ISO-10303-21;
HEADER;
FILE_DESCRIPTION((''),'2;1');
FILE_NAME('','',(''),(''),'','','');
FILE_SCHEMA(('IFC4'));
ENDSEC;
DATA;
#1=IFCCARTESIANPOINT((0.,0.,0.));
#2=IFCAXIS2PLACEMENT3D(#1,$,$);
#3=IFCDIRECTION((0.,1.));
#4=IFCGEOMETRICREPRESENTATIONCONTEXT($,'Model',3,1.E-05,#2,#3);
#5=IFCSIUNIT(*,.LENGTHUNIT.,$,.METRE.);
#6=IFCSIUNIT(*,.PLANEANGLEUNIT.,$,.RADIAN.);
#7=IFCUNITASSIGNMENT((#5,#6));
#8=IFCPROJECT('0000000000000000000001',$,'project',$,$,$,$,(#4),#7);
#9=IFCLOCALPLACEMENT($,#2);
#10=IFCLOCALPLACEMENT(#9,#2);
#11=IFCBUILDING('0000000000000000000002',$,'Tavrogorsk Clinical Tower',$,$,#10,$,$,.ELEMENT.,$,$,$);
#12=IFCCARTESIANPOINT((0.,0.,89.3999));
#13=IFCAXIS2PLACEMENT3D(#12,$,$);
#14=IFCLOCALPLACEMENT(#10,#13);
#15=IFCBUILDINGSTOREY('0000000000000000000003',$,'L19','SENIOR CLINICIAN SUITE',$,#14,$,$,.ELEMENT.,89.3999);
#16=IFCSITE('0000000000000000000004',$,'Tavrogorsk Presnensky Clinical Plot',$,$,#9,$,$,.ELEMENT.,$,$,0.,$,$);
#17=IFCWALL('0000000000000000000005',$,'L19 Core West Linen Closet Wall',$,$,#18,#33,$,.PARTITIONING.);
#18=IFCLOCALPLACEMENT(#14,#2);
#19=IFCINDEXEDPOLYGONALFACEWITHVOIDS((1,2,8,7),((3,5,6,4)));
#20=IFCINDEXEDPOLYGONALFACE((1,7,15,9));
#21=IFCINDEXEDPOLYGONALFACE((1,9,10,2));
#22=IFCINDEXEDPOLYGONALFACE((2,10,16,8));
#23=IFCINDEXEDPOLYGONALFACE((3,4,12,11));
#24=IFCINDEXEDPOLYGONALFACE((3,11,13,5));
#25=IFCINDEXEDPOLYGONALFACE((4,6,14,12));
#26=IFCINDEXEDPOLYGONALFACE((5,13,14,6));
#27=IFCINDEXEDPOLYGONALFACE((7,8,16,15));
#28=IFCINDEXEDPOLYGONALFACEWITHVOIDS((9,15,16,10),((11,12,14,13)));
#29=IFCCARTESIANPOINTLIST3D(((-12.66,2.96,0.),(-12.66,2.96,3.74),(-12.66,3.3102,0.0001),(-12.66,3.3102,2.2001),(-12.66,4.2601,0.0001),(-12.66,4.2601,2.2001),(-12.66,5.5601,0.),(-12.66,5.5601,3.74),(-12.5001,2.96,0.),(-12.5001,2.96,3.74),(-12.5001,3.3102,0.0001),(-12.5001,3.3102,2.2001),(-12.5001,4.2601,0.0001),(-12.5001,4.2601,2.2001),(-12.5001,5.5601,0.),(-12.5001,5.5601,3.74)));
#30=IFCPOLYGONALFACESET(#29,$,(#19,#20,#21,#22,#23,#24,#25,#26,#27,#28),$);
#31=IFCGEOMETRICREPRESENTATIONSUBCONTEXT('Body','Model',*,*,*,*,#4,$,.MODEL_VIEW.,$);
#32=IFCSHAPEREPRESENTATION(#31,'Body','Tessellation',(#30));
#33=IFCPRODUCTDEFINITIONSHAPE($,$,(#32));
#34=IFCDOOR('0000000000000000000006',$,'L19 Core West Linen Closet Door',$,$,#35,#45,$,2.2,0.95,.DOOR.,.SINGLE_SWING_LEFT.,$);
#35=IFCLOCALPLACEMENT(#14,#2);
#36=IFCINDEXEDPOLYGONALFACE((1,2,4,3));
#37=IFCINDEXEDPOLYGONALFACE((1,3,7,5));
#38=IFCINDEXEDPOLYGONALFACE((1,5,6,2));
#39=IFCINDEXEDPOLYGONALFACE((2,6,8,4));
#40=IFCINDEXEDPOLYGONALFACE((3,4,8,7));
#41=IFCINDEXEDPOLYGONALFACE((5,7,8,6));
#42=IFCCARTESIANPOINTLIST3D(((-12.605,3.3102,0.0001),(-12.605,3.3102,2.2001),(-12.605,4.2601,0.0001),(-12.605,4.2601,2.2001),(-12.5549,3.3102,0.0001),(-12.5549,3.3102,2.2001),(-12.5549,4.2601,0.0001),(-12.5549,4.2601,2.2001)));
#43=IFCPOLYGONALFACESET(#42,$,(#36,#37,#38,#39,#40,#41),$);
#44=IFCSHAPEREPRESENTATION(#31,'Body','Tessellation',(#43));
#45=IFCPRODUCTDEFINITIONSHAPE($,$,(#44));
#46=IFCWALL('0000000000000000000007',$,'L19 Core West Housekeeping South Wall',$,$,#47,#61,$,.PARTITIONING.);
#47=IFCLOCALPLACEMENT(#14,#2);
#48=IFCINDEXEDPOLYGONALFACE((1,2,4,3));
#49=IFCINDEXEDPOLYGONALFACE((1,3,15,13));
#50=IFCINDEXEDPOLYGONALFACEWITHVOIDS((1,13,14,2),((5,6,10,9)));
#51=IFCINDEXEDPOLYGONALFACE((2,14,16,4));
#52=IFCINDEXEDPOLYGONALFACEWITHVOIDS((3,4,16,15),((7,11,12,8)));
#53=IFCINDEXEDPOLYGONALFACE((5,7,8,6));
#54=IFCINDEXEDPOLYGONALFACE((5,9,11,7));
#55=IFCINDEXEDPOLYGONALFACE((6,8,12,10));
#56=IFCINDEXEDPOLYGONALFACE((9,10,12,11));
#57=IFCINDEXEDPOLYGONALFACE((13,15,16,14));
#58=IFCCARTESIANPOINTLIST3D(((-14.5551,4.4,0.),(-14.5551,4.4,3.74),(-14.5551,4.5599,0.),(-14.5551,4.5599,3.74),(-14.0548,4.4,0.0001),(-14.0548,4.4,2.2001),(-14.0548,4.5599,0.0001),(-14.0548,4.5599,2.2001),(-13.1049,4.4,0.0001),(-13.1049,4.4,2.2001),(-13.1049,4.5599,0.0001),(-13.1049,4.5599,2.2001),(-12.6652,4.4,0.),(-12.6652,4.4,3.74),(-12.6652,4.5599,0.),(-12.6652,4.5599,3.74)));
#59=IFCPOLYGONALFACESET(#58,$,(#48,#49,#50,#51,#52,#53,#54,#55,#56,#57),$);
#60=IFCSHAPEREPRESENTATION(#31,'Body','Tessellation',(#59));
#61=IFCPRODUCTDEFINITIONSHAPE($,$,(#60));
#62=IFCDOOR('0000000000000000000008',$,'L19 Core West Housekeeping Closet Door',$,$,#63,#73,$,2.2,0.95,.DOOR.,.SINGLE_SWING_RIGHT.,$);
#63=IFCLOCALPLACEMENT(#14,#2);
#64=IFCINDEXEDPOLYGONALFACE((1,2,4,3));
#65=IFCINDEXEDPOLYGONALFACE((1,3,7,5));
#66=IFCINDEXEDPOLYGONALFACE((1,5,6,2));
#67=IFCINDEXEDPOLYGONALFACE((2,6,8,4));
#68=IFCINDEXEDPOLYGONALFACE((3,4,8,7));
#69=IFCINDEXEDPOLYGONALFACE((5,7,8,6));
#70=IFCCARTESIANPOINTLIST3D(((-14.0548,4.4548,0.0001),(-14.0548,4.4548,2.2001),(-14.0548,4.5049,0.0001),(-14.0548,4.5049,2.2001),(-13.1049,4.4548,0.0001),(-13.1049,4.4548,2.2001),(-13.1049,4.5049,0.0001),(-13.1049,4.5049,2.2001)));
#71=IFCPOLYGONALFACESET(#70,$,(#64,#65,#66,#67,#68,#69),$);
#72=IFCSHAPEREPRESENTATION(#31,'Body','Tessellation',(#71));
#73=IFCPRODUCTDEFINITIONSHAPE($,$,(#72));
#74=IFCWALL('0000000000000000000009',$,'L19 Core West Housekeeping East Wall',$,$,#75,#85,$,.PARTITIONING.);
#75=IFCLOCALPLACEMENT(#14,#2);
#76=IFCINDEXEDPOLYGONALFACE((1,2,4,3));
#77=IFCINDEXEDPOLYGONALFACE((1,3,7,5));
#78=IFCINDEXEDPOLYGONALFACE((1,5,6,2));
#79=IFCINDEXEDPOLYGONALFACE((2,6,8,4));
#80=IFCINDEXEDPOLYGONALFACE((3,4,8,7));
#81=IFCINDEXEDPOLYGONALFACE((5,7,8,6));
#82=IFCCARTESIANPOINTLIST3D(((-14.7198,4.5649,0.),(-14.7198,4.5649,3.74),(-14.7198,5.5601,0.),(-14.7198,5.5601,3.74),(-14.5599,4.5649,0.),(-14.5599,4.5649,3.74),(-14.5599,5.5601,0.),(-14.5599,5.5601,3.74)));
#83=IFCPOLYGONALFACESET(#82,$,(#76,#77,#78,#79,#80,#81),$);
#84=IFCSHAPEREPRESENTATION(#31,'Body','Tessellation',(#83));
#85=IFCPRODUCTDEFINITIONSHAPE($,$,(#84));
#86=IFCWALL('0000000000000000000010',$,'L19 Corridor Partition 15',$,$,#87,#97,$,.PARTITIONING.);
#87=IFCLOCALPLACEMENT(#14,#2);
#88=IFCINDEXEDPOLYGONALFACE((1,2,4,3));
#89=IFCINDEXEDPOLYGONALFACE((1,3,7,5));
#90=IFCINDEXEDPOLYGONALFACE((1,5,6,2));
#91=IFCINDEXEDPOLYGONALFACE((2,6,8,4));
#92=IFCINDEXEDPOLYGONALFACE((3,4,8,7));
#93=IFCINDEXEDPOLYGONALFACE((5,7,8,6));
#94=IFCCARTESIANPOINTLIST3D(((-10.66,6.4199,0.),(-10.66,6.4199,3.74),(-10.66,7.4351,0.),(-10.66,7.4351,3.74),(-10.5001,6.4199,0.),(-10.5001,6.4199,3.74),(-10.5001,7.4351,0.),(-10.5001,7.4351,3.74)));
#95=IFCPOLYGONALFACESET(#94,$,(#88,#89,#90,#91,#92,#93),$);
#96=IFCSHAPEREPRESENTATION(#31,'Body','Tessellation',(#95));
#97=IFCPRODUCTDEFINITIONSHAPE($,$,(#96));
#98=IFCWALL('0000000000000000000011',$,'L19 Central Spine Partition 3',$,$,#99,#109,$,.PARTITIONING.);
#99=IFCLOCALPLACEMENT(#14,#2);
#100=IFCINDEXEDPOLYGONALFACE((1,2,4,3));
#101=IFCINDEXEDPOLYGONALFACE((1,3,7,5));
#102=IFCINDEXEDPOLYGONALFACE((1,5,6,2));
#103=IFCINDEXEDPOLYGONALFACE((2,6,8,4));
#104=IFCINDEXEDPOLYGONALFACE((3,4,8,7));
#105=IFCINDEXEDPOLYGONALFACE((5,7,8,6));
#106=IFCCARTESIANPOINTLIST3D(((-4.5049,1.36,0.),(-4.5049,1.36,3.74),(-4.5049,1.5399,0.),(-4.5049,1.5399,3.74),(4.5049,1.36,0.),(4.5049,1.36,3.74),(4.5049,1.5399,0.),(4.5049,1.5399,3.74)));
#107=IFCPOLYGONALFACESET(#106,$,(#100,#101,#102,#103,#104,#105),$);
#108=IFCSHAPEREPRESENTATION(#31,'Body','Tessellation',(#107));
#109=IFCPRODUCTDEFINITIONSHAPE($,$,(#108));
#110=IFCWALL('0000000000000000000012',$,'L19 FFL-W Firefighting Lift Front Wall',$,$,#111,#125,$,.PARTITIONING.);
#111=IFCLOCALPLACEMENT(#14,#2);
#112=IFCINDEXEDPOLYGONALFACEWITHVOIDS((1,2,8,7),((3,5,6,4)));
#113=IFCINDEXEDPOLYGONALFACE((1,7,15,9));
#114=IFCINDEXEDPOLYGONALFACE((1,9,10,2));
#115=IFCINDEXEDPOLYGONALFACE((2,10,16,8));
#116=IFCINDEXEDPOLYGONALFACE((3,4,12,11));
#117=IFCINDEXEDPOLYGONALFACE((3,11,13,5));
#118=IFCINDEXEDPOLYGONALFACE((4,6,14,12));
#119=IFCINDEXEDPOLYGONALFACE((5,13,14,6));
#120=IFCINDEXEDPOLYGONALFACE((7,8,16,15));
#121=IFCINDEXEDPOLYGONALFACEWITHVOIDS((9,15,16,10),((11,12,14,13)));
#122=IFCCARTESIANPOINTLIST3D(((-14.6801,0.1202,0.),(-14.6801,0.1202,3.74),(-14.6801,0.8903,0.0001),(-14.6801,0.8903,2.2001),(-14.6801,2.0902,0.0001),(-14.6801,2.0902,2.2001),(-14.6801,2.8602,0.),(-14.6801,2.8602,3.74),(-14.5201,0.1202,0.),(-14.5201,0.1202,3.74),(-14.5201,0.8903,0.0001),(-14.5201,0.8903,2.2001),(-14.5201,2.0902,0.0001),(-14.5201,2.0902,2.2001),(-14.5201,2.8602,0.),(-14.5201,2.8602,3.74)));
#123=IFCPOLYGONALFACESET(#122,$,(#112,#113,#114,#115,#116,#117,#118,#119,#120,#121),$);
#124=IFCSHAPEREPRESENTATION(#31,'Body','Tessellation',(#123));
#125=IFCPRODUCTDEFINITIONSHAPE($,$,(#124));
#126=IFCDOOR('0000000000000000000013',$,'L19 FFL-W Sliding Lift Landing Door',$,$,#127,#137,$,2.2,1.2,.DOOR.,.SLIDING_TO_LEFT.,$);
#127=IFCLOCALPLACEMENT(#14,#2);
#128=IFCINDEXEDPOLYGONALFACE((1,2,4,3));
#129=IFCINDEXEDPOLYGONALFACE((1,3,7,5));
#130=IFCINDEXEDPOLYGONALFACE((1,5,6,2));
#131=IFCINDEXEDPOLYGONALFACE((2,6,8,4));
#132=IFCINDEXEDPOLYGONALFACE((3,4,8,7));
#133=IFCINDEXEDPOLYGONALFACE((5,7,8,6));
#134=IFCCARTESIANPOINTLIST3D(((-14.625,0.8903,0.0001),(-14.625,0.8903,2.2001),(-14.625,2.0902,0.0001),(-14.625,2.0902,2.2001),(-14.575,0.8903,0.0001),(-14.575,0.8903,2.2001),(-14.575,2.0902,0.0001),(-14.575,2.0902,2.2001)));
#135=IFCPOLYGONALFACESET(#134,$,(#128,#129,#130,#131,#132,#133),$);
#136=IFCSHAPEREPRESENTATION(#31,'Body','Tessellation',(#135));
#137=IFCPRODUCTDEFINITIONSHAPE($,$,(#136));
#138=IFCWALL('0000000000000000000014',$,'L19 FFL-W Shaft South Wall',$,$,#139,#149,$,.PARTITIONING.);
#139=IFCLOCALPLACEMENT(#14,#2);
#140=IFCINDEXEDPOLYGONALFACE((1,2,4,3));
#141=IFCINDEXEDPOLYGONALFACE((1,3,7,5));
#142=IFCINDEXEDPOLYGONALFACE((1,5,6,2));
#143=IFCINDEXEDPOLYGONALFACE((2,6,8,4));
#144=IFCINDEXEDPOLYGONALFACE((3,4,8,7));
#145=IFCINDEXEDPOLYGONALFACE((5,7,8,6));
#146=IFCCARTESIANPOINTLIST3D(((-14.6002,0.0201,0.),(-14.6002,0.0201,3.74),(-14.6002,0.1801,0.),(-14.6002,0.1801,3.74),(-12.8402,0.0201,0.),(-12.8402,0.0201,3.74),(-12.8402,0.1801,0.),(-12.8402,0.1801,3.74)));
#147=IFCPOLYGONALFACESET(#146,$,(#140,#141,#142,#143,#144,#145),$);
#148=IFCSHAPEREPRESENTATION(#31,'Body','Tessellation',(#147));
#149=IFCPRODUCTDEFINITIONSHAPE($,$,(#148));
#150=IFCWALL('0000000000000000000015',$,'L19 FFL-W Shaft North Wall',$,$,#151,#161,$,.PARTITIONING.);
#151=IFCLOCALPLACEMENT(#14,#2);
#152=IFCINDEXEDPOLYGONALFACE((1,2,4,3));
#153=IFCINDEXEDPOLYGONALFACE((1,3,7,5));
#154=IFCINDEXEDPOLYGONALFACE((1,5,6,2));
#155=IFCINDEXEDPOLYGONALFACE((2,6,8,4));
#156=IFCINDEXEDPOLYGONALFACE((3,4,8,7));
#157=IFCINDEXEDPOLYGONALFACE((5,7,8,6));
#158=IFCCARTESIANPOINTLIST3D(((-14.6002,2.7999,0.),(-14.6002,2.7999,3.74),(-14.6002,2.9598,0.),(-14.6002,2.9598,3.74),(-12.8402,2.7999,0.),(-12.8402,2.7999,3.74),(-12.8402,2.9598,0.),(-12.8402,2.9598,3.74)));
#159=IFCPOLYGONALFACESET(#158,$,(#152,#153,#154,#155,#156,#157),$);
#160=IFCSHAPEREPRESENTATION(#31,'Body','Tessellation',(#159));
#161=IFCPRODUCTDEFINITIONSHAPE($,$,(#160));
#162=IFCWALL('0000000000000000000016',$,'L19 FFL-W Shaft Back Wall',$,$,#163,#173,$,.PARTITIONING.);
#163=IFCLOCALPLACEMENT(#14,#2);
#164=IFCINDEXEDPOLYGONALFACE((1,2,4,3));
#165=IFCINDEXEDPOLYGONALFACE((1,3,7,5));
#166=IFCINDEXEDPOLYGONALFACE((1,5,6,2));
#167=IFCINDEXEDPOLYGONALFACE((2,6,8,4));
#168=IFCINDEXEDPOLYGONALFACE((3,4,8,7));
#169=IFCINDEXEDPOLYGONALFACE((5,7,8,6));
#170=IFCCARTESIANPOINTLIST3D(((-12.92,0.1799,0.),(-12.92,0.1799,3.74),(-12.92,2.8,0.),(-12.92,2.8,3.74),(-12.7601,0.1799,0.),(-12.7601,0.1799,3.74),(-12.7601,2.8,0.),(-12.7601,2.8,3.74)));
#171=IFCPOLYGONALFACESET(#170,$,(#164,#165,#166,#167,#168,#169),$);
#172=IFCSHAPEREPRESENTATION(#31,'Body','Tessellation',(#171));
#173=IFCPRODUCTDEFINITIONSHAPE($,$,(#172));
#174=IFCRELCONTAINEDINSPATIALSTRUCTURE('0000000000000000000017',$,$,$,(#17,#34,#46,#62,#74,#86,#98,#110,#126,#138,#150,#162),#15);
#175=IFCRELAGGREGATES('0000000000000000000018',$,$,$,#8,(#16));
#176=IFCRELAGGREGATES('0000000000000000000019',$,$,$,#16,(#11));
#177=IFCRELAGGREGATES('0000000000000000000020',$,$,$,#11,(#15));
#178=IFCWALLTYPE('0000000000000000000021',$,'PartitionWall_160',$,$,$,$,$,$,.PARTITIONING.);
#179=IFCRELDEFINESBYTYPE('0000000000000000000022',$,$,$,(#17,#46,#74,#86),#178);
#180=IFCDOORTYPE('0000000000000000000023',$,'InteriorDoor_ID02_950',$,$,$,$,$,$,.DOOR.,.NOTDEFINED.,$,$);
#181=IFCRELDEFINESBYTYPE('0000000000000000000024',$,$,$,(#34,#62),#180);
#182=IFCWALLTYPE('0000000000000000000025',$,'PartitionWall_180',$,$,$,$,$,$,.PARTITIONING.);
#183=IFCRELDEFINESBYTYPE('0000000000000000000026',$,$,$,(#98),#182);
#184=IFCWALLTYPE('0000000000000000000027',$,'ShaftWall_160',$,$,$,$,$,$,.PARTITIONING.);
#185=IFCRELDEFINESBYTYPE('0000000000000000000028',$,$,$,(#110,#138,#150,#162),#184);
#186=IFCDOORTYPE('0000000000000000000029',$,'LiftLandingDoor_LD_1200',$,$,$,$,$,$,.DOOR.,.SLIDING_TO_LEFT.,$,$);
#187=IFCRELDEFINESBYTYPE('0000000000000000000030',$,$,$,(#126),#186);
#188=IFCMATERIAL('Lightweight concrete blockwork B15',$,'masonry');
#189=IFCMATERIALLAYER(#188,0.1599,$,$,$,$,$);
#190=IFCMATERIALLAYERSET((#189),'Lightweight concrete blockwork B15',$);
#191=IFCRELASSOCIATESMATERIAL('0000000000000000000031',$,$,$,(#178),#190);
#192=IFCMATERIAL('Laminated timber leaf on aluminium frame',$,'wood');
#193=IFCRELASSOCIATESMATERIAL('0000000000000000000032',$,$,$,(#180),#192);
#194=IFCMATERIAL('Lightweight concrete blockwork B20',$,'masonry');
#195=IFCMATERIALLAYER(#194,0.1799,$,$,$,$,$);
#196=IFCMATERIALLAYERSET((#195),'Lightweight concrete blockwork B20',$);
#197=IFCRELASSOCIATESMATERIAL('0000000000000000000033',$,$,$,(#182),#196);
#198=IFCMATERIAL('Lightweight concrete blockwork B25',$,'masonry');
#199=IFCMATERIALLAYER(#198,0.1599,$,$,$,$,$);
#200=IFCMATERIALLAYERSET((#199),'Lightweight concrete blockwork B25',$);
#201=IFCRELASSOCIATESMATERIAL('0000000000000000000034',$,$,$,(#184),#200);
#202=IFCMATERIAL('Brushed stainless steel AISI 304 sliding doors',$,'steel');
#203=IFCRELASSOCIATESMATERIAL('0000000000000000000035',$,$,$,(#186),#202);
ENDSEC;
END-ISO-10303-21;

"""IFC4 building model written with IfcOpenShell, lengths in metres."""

from ifc_helpers import new_model, si_unit, direction, frame, frame_2d, origin, place, context, subcontext, project, spatial, rectangle, extrude, material, layer, layer_set, type_object, element, fill, save


model = new_model("IFC4")

# Units and contexts
model_context = context("Model", 3, precision=1e-05, world=origin(), true_north=direction((0.0, 1.0)))
body_context = subcontext(model_context, "Body", "Model", "MODEL_VIEW")
ifc_project = project(units=[si_unit("LENGTHUNIT", "METRE"), si_unit("PLANEANGLEUNIT", "RADIAN")], contexts=[model_context])

# Site, building, storey
site_placement = place(None, origin())
site = spatial("IfcSite", under=ifc_project, at=site_placement, Name="Tavrogorsk Presnensky Clinical Plot", CompositionType="ELEMENT", RefElevation=0.0)
building_placement = place(site_placement, origin())
building = spatial("IfcBuilding", under=site, at=building_placement, Name="Tavrogorsk Clinical Tower", CompositionType="ELEMENT")
storey_placement = place(building_placement, frame((0.0, 0.0, 89.3999)))
storey = spatial("IfcBuildingStorey", under=building, at=storey_placement, Name="L19", Description="SENIOR CLINICIAN SUITE", CompositionType="ELEMENT", Elevation=89.3999)

# Walls, openings, doors
ifc_material_1 = material(Name="Lightweight concrete blockwork B15", Category="masonry")
ifc_layer_1 = layer(ifc_material_1, 0.1599)
ifc_layer_set_1 = layer_set([ifc_layer_1], Name="Lightweight concrete blockwork B15")
wall_type_1 = type_object("IfcWallType", Name="PartitionWall_160", PredefinedType="PARTITIONING", material=ifc_layer_set_1)
wall_1_placement = place(storey_placement, frame((-12.5801, 2.96, 0.0), z_axis=(0.0, 0.0, 1.0), x_axis=(0.0, 1.0, 0.0)))
wall_1 = element("IfcWall", 1, at=wall_1_placement, inside=storey, type_object=wall_type_1, Name="L19 Core West Linen Closet Wall", PredefinedType="PARTITIONING", context=body_context, shape_type="SweptSolid", body=[
    extrude(rectangle(XDim=2.6001, YDim=0.1599, at=frame_2d((1.3, 0.0))), origin(), (0.0, 0.0, 1.0), 3.74),
])
opening_1_placement = place(wall_1_placement, frame((0.3501, 0.0, 0.0)))
opening_1 = element("IfcOpeningElement", 2, at=opening_1_placement, cuts=wall_1, PredefinedType="OPENING", context=body_context, shape_type="SweptSolid", body=[
    extrude(rectangle(XDim=0.95, YDim=2.2, at=frame_2d((0.4751, 1.1001))), frame((0.0, 0.0898, 0.0), z_axis=(0.0, -1.0, 0.0), x_axis=(1.0, 0.0, 0.0)), (0.0, 0.0, 1.0), 0.1799),
])
ifc_material_2 = material(Name="Laminated timber leaf on aluminium frame", Category="wood")
door_type_1 = type_object("IfcDoorType", Name="InteriorDoor_ID02_950", OperationType="NOTDEFINED", PredefinedType="DOOR", material=ifc_material_2)
door_1_placement = place(opening_1_placement, origin())
door_1 = element("IfcDoor", 3, at=door_1_placement, inside=storey, type_object=door_type_1, Name="L19 Core West Linen Closet Door", OperationType="SINGLE_SWING_LEFT", OverallHeight=2.2, OverallWidth=0.95, PredefinedType="DOOR", context=body_context, shape_type="SweptSolid", body=[
    extrude(rectangle(XDim=0.95, YDim=2.2, at=frame_2d((0.4751, 1.1001))), frame((0.0, 0.0249, 0.0), z_axis=(0.0, -1.0, 0.0), x_axis=(1.0, 0.0, 0.0)), (0.0, 0.0, 1.0), 0.05),
])
fill(opening_1, door_1)
wall_2_placement = place(storey_placement, frame((-14.5549, 4.48, 0.0), z_axis=(0.0, 0.0, 1.0), x_axis=(1.0, 0.0, 0.0)))
wall_2 = element("IfcWall", 4, at=wall_2_placement, inside=storey, type_object=wall_type_1, Name="L19 Core West Housekeeping South Wall", PredefinedType="PARTITIONING", context=body_context, shape_type="SweptSolid", body=[
    extrude(rectangle(XDim=1.8899, YDim=0.1599, at=frame_2d((0.9448, 0.0))), origin(), (0.0, 0.0, 1.0), 3.74),
])
opening_2_placement = place(wall_2_placement, frame((0.5, 0.0, 0.0)))
opening_2 = element("IfcOpeningElement", 5, at=opening_2_placement, cuts=wall_2, PredefinedType="OPENING", context=body_context, shape_type="SweptSolid", body=[
    extrude(rectangle(XDim=0.95, YDim=2.2, at=frame_2d((0.4751, 1.1001))), frame((0.0, 0.0898, 0.0), z_axis=(0.0, -1.0, 0.0), x_axis=(1.0, 0.0, 0.0)), (0.0, 0.0, 1.0), 0.1799),
])
door_2_placement = place(opening_2_placement, origin())
door_2 = element("IfcDoor", 6, at=door_2_placement, inside=storey, type_object=door_type_1, Name="L19 Core West Housekeeping Closet Door", OperationType="SINGLE_SWING_RIGHT", OverallHeight=2.2, OverallWidth=0.95, PredefinedType="DOOR", context=body_context, shape_type="SweptSolid", body=[
    extrude(rectangle(XDim=0.95, YDim=2.2, at=frame_2d((0.4751, 1.1001))), frame((0.0, 0.0249, 0.0), z_axis=(0.0, -1.0, 0.0), x_axis=(1.0, 0.0, 0.0)), (0.0, 0.0, 1.0), 0.05),
])
fill(opening_2, door_2)

# Walls
wall_3_placement = place(storey_placement, frame((-14.6399, 4.5649, 0.0), z_axis=(0.0, 0.0, 1.0), x_axis=(0.0, 1.0, 0.0)))
element("IfcWall", 7, at=wall_3_placement, inside=storey, type_object=wall_type_1, Name="L19 Core West Housekeeping East Wall", PredefinedType="PARTITIONING", context=body_context, shape_type="SweptSolid", body=[
    extrude(rectangle(XDim=0.9951, YDim=0.1599, at=frame_2d((0.4976, 0.0))), origin(), (0.0, 0.0, 1.0), 3.74),
])
wall_4_placement = place(storey_placement, frame((-10.5801, 6.4199, 0.0), z_axis=(0.0, 0.0, 1.0), x_axis=(0.0, 1.0, 0.0)))
element("IfcWall", 8, at=wall_4_placement, inside=storey, type_object=wall_type_1, Name="L19 Corridor Partition 15", PredefinedType="PARTITIONING", context=body_context, shape_type="SweptSolid", body=[
    extrude(rectangle(XDim=1.0151, YDim=0.1599, at=frame_2d((0.5076, 0.0))), origin(), (0.0, 0.0, 1.0), 3.74),
])
ifc_material_3 = material(Name="Lightweight concrete blockwork B20", Category="masonry")
ifc_layer_2 = layer(ifc_material_3, 0.1799)
ifc_layer_set_2 = layer_set([ifc_layer_2], Name="Lightweight concrete blockwork B20")
wall_type_2 = type_object("IfcWallType", Name="PartitionWall_180", PredefinedType="PARTITIONING", material=ifc_layer_set_2)
wall_5_placement = place(storey_placement, frame((-4.5049, 1.45, 0.0), z_axis=(0.0, 0.0, 1.0), x_axis=(1.0, 0.0, 0.0)))
element("IfcWall", 9, at=wall_5_placement, inside=storey, type_object=wall_type_2, Name="L19 Central Spine Partition 3", PredefinedType="PARTITIONING", context=body_context, shape_type="SweptSolid", body=[
    extrude(rectangle(XDim=9.0098, YDim=0.1799, at=frame_2d((4.5049, 0.0))), origin(), (0.0, 0.0, 1.0), 3.74),
])

# Wall, opening, door
ifc_material_4 = material(Name="Lightweight concrete blockwork B25", Category="masonry")
ifc_layer_3 = layer(ifc_material_4, 0.1599)
ifc_layer_set_3 = layer_set([ifc_layer_3], Name="Lightweight concrete blockwork B25")
wall_type_3 = type_object("IfcWallType", Name="ShaftWall_160", PredefinedType="PARTITIONING", material=ifc_layer_set_3)
wall_6_placement = place(storey_placement, frame((-14.6001, 0.1201, 0.0), z_axis=(0.0, 0.0, 1.0), x_axis=(0.0, 1.0, 0.0)))
wall_6 = element("IfcWall", 10, at=wall_6_placement, inside=storey, type_object=wall_type_3, Name="L19 FFL-W Firefighting Lift Front Wall", PredefinedType="PARTITIONING", context=body_context, shape_type="SweptSolid", body=[
    extrude(rectangle(XDim=2.74, YDim=0.1599, at=frame_2d((1.3701, 0.0))), origin(), (0.0, 0.0, 1.0), 3.74),
])
opening_3_placement = place(wall_6_placement, frame((0.77, 0.0, 0.0)))
opening_3 = element("IfcOpeningElement", 11, at=opening_3_placement, cuts=wall_6, PredefinedType="OPENING", context=body_context, shape_type="SweptSolid", body=[
    extrude(rectangle(XDim=1.2, YDim=2.2, at=frame_2d((0.6001, 1.1001))), frame((0.0, 0.0898, 0.0), z_axis=(0.0, -1.0, 0.0), x_axis=(1.0, 0.0, 0.0)), (0.0, 0.0, 1.0), 0.1799),
])
ifc_material_5 = material(Name="Brushed stainless steel AISI 304 sliding doors", Category="steel")
door_type_2 = type_object("IfcDoorType", Name="LiftLandingDoor_LD_1200", OperationType="SLIDING_TO_LEFT", PredefinedType="DOOR", material=ifc_material_5)
door_3_placement = place(opening_3_placement, origin())
door_3 = element("IfcDoor", 12, at=door_3_placement, inside=storey, type_object=door_type_2, Name="L19 FFL-W Sliding Lift Landing Door", OperationType="SLIDING_TO_LEFT", OverallHeight=2.2, OverallWidth=1.2, PredefinedType="DOOR", context=body_context, shape_type="SweptSolid", body=[
    extrude(rectangle(XDim=1.2, YDim=2.2, at=frame_2d((0.6001, 1.1001))), frame((0.0, 0.0249, 0.0), z_axis=(0.0, -1.0, 0.0), x_axis=(1.0, 0.0, 0.0)), (0.0, 0.0, 1.0), 0.05),
])
fill(opening_3, door_3)

# Walls
for number, where, z_axis, x_axis, name in (
    (13, (-14.6001, 0.1001, 0.0), (0.0, 0.0, 1.0), (1.0, 0.0, 0.0), "L19 FFL-W Shaft South Wall"),
    (14, (-14.6001, 2.8799, 0.0), (0.0, 0.0, 1.0), (1.0, 0.0, 0.0), "L19 FFL-W Shaft North Wall"),
):
    element("IfcWall", number, at=place(storey_placement, frame(where, z_axis=z_axis, x_axis=x_axis)), inside=storey, type_object=wall_type_3, Name=name, PredefinedType="PARTITIONING", context=body_context, shape_type="SweptSolid", body=[
        extrude(rectangle(XDim=1.76, YDim=0.1599, at=frame_2d((0.8799, 0.0))), origin(), (0.0, 0.0, 1.0), 3.74),
    ])
wall_7_placement = place(storey_placement, frame((-12.8401, 0.1799, 0.0), z_axis=(0.0, 0.0, 1.0), x_axis=(0.0, 1.0, 0.0)))
element("IfcWall", 15, at=wall_7_placement, inside=storey, type_object=wall_type_3, Name="L19 FFL-W Shaft Back Wall", PredefinedType="PARTITIONING", context=body_context, shape_type="SweptSolid", body=[
    extrude(rectangle(XDim=2.6201, YDim=0.1599, at=frame_2d((1.3101, 0.0))), origin(), (0.0, 0.0, 1.0), 3.74),
])

save(model, "model.ifc")
